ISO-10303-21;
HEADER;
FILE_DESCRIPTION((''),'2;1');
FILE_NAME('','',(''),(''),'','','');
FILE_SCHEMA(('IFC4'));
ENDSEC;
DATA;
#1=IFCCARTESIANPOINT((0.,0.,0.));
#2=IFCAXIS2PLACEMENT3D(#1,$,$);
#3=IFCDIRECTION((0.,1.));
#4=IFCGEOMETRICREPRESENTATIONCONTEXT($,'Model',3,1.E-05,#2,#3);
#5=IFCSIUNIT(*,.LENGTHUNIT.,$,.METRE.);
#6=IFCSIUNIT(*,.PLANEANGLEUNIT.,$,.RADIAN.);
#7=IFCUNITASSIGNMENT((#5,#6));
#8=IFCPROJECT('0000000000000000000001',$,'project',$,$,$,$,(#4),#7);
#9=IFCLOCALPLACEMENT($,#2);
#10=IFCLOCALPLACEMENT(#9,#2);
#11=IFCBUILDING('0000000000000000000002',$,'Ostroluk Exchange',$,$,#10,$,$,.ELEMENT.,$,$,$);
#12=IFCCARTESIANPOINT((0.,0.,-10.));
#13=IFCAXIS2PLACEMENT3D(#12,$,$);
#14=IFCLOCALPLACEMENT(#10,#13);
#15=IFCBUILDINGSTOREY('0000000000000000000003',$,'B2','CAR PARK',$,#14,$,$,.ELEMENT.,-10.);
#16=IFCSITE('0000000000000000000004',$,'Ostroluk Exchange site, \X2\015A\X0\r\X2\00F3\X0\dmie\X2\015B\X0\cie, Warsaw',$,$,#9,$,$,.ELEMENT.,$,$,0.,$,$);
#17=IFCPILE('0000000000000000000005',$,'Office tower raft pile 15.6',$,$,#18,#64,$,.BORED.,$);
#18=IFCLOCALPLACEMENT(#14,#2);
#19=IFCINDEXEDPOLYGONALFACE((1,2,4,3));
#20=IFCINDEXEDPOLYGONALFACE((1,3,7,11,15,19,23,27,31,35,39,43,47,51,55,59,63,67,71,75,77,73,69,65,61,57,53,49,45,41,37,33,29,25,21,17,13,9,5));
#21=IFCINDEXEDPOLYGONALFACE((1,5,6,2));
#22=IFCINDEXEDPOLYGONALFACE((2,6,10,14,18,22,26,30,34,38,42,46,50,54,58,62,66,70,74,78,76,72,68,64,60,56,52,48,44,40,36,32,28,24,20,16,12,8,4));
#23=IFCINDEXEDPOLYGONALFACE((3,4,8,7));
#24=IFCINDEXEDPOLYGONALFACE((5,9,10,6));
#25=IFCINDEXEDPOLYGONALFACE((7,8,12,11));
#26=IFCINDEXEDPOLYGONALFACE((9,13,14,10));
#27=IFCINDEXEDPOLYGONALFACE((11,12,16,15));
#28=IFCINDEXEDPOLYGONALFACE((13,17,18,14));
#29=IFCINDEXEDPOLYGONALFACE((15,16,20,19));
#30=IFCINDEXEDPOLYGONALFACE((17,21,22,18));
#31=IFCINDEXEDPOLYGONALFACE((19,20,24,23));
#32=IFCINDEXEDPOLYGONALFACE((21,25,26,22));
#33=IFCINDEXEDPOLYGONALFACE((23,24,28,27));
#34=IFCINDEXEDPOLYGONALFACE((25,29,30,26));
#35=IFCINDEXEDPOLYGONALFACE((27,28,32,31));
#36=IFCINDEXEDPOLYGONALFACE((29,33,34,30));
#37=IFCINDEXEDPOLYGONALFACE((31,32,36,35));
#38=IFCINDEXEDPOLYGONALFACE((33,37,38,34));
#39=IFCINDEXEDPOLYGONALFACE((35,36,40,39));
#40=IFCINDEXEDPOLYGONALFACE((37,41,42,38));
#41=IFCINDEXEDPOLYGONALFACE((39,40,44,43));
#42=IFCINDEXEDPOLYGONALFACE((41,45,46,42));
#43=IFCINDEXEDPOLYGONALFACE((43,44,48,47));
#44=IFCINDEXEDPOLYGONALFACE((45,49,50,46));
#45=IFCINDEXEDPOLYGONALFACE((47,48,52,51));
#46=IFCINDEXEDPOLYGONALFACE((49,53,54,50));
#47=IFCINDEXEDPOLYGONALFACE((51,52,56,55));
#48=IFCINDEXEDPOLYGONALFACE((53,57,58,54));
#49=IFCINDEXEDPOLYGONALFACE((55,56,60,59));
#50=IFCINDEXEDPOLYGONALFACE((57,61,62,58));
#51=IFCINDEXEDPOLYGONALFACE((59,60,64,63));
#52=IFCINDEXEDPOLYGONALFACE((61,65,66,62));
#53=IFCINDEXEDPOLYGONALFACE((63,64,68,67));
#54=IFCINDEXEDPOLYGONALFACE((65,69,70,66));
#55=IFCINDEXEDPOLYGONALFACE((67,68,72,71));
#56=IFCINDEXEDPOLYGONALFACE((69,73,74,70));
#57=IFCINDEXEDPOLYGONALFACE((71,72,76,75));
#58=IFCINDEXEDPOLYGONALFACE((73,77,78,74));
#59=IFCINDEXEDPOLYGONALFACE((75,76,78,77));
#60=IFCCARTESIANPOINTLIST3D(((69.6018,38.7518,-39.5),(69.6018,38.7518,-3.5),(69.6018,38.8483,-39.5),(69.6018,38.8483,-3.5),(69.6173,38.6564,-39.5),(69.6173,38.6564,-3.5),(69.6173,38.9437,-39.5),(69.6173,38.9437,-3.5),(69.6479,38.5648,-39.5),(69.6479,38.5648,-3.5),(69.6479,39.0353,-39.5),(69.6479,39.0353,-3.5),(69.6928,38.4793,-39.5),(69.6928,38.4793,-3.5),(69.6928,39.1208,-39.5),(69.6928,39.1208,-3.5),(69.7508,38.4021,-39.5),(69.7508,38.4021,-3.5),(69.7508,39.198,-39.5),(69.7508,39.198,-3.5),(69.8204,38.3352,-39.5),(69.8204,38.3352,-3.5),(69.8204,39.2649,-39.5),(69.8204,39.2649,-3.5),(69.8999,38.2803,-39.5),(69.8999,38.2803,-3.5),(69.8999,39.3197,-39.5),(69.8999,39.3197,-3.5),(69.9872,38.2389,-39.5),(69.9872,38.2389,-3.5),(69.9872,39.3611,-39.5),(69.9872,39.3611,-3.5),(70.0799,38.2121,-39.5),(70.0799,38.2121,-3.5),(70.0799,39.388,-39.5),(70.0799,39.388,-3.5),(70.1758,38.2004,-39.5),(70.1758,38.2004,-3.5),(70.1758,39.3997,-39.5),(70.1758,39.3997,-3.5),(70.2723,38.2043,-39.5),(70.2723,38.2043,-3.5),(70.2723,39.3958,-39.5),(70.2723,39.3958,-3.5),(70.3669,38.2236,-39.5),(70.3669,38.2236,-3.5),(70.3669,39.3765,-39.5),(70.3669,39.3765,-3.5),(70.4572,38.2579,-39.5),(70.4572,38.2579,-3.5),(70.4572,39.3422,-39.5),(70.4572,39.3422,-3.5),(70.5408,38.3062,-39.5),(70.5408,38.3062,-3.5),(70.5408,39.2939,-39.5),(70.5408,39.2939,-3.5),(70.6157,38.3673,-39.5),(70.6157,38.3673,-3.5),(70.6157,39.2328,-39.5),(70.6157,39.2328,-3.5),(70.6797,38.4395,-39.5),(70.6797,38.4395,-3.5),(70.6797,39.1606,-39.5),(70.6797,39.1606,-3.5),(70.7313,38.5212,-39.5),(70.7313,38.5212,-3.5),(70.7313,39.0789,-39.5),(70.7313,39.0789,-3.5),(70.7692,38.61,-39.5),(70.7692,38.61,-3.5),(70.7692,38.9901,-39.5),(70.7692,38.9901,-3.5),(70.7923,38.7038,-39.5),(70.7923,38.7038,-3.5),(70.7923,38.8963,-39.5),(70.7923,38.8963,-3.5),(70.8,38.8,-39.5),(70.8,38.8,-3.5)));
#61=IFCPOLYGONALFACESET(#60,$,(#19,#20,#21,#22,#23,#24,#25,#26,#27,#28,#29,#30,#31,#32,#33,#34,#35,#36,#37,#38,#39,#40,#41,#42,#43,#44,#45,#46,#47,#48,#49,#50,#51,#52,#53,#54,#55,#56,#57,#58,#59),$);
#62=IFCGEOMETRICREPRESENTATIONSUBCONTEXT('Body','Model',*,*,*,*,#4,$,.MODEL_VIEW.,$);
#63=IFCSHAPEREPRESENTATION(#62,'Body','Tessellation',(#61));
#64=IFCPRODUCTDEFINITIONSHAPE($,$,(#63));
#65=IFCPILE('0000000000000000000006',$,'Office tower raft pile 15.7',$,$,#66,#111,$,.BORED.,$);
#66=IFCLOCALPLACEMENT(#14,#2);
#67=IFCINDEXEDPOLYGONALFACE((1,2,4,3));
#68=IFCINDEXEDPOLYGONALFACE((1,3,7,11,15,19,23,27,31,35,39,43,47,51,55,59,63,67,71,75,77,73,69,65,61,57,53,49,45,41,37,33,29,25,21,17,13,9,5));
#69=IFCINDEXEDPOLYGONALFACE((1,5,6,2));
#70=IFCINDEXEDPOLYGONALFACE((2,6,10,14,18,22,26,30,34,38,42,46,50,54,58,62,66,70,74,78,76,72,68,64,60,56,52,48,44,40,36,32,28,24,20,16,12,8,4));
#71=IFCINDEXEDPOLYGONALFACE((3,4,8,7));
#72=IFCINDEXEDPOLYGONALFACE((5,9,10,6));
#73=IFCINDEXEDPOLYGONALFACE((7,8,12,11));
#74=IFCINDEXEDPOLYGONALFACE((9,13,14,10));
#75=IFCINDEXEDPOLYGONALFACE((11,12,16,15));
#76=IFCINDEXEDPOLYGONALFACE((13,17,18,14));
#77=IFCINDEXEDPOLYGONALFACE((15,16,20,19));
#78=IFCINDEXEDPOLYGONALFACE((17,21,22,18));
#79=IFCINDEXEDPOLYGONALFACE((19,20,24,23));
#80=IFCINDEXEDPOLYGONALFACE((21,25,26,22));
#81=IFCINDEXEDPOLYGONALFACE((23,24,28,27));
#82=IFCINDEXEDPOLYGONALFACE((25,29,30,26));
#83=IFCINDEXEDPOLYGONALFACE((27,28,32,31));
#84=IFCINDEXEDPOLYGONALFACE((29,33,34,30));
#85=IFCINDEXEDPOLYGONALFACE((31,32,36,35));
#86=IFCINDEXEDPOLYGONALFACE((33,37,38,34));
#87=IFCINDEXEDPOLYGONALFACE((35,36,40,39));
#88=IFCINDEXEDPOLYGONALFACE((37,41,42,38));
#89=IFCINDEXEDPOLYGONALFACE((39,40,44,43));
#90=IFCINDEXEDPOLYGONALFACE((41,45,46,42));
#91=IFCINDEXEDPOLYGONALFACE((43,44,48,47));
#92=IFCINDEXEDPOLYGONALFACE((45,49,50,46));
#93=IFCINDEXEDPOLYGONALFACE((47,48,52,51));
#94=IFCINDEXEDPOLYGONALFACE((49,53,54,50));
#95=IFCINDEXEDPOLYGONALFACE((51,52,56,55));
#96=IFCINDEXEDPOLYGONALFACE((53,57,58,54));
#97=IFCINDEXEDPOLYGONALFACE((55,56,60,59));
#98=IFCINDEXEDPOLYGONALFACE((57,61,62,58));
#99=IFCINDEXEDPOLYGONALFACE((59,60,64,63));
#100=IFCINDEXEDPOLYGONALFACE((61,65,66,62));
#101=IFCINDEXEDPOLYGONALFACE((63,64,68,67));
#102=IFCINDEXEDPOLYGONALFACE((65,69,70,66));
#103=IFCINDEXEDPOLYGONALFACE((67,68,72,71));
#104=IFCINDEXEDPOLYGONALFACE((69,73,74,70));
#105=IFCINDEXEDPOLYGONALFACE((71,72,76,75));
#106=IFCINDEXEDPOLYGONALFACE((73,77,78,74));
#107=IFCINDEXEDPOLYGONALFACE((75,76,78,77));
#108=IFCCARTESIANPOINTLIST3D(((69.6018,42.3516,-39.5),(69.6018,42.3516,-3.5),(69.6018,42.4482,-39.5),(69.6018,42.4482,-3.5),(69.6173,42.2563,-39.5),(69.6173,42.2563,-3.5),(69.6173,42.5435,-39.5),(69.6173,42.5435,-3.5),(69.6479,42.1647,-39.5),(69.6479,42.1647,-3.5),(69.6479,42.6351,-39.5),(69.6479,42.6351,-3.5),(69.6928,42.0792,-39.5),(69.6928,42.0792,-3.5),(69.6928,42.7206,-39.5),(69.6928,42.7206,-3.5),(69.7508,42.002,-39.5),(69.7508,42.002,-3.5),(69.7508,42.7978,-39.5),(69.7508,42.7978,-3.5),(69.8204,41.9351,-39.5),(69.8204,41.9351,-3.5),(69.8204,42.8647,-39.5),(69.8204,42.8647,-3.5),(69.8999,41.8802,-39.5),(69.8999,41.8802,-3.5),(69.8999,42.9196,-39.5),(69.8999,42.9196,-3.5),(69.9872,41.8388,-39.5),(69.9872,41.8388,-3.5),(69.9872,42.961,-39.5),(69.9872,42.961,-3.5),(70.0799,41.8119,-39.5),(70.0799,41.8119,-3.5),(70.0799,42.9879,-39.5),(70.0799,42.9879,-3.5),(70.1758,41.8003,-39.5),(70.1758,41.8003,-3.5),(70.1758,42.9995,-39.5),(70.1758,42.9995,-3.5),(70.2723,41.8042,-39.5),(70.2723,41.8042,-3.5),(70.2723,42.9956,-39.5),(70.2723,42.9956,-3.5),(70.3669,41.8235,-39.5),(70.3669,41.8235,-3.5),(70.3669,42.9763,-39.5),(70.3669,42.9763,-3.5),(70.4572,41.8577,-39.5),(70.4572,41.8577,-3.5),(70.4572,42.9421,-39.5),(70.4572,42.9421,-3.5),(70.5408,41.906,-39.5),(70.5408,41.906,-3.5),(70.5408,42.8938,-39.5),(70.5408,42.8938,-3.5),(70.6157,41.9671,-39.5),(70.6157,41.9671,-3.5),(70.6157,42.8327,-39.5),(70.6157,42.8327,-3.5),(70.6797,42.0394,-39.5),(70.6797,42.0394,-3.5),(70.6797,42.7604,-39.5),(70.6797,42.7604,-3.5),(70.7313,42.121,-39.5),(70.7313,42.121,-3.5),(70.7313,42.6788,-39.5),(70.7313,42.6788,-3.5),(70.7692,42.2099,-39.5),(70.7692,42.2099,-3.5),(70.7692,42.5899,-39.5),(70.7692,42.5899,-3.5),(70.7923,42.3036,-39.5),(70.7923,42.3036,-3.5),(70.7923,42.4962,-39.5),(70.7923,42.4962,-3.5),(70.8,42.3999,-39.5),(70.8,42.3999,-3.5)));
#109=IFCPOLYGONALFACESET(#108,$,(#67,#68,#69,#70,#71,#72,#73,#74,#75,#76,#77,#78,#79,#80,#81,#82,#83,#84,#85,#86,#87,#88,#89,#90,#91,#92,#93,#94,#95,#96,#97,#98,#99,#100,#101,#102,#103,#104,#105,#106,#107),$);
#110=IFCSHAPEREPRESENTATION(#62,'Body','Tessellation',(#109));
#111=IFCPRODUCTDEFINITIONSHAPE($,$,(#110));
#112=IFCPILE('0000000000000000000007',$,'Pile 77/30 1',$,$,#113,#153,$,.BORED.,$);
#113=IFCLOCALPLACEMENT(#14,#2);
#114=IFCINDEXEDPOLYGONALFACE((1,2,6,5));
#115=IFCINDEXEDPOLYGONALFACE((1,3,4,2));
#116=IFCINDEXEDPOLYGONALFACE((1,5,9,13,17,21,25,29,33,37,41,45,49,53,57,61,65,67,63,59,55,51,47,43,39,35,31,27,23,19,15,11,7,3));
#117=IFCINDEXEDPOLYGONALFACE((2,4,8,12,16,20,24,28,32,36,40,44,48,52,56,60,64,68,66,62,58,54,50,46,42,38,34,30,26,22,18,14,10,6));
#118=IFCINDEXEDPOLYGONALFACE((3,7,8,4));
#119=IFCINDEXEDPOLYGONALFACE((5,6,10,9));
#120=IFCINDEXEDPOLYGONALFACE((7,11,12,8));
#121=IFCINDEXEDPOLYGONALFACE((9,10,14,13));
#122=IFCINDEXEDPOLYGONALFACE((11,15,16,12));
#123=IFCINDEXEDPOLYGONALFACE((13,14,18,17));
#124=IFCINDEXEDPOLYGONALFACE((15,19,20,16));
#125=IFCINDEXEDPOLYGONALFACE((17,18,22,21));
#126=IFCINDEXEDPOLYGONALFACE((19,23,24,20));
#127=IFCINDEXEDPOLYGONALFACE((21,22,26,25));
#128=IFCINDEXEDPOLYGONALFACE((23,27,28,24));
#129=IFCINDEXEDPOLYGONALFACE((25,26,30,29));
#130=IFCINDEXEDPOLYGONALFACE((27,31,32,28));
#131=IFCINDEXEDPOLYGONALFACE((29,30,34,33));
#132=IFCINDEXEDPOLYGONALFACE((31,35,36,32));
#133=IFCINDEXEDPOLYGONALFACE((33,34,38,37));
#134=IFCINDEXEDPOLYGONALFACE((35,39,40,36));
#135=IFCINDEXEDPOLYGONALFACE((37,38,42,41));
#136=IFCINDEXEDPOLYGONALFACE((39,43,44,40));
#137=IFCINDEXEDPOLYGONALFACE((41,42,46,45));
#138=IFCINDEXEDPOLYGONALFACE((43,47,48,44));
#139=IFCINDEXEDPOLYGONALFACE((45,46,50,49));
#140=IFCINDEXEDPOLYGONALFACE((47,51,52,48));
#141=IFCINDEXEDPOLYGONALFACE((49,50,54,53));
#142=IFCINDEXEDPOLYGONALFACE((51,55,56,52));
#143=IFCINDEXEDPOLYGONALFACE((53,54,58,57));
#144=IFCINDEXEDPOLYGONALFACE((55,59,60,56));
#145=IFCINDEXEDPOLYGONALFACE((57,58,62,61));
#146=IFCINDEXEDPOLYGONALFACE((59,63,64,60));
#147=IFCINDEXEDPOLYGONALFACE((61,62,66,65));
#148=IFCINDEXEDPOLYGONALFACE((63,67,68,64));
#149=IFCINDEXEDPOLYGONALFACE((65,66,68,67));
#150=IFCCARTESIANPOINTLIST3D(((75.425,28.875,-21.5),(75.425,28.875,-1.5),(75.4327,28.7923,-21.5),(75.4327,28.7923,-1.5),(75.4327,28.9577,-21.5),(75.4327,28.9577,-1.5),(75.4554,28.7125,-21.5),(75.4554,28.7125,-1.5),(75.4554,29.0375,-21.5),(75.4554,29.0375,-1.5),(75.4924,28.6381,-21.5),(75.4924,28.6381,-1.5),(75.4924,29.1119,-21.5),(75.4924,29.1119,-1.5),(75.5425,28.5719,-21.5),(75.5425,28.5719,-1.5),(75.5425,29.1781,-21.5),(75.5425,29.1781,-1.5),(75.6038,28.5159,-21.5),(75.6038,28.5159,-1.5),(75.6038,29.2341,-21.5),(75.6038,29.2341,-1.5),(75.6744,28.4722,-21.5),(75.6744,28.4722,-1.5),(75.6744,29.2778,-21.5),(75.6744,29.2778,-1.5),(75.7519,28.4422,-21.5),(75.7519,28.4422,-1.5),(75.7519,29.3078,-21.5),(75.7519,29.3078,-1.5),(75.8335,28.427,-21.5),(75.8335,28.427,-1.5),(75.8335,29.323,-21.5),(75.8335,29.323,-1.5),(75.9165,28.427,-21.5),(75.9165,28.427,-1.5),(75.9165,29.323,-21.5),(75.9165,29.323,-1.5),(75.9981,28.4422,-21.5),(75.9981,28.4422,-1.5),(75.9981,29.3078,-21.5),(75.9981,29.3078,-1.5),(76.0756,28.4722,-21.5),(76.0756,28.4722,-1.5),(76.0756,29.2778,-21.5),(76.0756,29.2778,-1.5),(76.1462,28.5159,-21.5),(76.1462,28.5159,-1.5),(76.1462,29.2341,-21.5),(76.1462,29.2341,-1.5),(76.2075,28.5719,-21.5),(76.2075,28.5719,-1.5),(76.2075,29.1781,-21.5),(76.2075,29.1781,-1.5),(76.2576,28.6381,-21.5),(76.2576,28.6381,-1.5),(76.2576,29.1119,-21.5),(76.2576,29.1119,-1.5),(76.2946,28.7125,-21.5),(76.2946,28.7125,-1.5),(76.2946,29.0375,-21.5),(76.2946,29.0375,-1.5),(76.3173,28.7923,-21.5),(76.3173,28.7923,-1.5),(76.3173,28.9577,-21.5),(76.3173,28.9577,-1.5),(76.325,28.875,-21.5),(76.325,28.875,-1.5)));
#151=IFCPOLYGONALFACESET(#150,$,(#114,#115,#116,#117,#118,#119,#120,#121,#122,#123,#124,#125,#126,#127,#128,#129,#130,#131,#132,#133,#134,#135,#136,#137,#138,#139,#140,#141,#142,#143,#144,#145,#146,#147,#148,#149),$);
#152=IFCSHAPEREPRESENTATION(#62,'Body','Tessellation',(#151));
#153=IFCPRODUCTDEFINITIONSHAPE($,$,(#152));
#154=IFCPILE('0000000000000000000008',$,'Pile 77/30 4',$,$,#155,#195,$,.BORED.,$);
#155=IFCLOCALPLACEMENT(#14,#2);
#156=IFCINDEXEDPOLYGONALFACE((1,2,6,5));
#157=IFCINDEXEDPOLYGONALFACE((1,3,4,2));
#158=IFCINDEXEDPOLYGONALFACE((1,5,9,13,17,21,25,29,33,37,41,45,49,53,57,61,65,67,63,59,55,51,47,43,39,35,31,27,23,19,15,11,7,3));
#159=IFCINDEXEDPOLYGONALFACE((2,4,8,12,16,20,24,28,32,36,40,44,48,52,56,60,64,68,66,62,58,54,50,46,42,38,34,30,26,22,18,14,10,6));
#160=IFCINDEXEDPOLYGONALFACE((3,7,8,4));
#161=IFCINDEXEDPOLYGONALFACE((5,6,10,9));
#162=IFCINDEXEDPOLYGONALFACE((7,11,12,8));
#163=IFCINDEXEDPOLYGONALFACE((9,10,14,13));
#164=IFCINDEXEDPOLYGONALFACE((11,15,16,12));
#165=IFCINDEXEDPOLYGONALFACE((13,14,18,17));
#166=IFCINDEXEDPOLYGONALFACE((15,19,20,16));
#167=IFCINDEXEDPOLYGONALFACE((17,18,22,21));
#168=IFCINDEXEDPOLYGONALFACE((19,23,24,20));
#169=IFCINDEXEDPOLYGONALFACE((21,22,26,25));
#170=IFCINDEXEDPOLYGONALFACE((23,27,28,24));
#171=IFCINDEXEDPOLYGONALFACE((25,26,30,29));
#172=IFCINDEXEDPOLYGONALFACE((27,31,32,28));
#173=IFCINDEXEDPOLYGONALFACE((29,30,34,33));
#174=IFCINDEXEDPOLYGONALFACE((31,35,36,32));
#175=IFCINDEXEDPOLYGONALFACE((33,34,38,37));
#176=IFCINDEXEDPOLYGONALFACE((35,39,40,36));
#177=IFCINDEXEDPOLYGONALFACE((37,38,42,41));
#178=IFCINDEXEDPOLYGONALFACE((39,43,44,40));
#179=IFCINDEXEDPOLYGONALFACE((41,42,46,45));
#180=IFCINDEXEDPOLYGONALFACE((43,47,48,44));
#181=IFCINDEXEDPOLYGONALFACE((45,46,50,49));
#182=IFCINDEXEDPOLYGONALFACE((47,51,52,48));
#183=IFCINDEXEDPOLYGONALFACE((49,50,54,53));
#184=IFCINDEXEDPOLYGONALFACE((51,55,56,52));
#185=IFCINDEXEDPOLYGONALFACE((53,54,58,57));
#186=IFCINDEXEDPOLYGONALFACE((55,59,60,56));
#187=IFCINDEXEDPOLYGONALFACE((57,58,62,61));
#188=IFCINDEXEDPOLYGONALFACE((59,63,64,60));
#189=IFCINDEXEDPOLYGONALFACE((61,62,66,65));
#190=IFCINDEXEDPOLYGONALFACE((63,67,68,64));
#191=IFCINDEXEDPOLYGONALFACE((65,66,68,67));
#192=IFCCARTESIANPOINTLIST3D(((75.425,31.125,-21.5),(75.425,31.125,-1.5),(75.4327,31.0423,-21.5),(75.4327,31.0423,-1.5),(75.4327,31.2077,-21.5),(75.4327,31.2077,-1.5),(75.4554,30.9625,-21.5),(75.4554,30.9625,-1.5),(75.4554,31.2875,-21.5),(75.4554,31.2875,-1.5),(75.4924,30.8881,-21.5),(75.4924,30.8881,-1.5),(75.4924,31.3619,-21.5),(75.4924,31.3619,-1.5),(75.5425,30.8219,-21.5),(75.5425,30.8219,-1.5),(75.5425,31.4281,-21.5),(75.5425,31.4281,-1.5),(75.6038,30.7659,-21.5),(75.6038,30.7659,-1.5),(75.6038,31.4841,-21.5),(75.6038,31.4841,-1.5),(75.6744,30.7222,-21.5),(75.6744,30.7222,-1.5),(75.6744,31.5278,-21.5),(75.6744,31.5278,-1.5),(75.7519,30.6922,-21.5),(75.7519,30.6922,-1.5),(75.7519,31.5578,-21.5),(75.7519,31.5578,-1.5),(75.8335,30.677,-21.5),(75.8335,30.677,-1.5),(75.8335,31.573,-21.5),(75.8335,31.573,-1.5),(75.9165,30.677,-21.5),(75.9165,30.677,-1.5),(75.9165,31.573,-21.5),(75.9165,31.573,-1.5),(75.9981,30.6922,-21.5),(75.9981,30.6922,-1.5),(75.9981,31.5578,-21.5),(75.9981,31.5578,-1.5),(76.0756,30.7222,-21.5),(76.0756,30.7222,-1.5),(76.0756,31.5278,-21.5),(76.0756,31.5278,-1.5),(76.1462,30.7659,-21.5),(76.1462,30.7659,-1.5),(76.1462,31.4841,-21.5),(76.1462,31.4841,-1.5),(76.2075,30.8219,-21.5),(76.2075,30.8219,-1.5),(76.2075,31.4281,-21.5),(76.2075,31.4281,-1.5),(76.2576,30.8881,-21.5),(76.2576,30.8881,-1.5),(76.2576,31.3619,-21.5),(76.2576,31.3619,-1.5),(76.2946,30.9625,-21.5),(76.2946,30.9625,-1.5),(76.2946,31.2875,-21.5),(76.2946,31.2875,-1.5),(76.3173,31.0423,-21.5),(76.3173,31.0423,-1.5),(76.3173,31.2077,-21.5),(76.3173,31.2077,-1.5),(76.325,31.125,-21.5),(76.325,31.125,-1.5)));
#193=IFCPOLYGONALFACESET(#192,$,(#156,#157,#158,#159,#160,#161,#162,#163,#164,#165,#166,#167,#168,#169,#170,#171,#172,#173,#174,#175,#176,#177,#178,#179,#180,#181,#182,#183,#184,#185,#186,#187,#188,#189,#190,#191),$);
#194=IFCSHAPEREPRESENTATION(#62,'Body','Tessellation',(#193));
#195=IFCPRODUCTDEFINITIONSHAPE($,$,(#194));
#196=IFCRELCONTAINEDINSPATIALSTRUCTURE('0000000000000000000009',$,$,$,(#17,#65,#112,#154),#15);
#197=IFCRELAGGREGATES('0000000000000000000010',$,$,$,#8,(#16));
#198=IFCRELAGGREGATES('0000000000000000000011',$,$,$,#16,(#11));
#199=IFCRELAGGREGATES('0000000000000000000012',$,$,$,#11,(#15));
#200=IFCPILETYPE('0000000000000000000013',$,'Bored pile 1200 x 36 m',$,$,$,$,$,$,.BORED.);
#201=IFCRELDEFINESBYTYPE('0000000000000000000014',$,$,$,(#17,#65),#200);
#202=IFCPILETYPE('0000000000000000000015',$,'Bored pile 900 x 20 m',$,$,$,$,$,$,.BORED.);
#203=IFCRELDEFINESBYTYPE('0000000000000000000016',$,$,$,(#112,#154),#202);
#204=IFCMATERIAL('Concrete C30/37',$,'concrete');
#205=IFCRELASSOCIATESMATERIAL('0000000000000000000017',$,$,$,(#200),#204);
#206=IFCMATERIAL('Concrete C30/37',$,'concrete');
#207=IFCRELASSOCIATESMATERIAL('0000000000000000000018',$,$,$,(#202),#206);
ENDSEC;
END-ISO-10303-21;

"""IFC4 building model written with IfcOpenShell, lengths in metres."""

from ifc_helpers import new_model, si_unit, direction, frame, origin, origin_2d, place, context, subcontext, project, spatial, circle, extrude, material, type_object, element, save


model = new_model("IFC4")

# Units and contexts
model_context = context("Model", 3, precision=1e-05, world=origin(), true_north=direction((0.0, 1.0)))
body_context = subcontext(model_context, "Body", "Model", "MODEL_VIEW")
ifc_project = project(units=[si_unit("LENGTHUNIT", "METRE"), si_unit("PLANEANGLEUNIT", "RADIAN")], contexts=[model_context])

# Site, building, storey
site_placement = place(None, origin())
site = spatial("IfcSite", under=ifc_project, at=site_placement, Name="Ostroluk Exchange site, Śródmieście, Warsaw", CompositionType="ELEMENT", RefElevation=0.0)
building_placement = place(site_placement, origin())
building = spatial("IfcBuilding", under=site, at=building_placement, Name="Ostroluk Exchange", CompositionType="ELEMENT")
storey_placement = place(building_placement, frame((0.0, 0.0, -10.0)))
storey = spatial("IfcBuildingStorey", under=building, at=storey_placement, Name="B2", Description="CAR PARK", CompositionType="ELEMENT", Elevation=-10.0)

# Piles
ifc_material_1 = material(Name="Concrete C30/37", Category="concrete")
pile_type_1 = type_object("IfcPileType", Name="Bored pile 1200 x 36 m", PredefinedType="BORED", material=ifc_material_1)
for number, where, z_axis, x_axis, name in (
    (1, (70.2, 38.8, -3.5), (0.0, 0.0, -1.0), (1.0, 0.0, 0.0), "Office tower raft pile 15.6"),
    (2, (70.2, 42.3999, -3.5), (0.0, 0.0, -1.0), (1.0, 0.0, 0.0), "Office tower raft pile 15.7"),
):
    element("IfcPile", number, at=place(storey_placement, frame(where, z_axis=z_axis, x_axis=x_axis)), inside=storey, type_object=pile_type_1, Name=name, PredefinedType="BORED", context=body_context, shape_type="SweptSolid", body=[
        extrude(circle(Radius=0.6001, at=origin_2d()), origin(), (0.0, 0.0, 1.0), 36.0),
    ])
ifc_material_2 = material(Name="Concrete C30/37", Category="concrete")
pile_type_2 = type_object("IfcPileType", Name="Bored pile 900 x 20 m", PredefinedType="BORED", material=ifc_material_2)
for number, where, z_axis, x_axis, name in (
    (3, (75.875, 28.875, -1.5), (0.0, 0.0, -1.0), (1.0, 0.0, 0.0), "Pile 77/30 1"),
    (4, (75.875, 31.125, -1.5), (0.0, 0.0, -1.0), (1.0, 0.0, 0.0), "Pile 77/30 4"),
):
    element("IfcPile", number, at=place(storey_placement, frame(where, z_axis=z_axis, x_axis=x_axis)), inside=storey, type_object=pile_type_2, Name=name, PredefinedType="BORED", context=body_context, shape_type="SweptSolid", body=[
        extrude(circle(Radius=0.45, at=origin_2d()), origin(), (0.0, 0.0, 1.0), 20.0),
    ])

save(model, "model.ifc")
